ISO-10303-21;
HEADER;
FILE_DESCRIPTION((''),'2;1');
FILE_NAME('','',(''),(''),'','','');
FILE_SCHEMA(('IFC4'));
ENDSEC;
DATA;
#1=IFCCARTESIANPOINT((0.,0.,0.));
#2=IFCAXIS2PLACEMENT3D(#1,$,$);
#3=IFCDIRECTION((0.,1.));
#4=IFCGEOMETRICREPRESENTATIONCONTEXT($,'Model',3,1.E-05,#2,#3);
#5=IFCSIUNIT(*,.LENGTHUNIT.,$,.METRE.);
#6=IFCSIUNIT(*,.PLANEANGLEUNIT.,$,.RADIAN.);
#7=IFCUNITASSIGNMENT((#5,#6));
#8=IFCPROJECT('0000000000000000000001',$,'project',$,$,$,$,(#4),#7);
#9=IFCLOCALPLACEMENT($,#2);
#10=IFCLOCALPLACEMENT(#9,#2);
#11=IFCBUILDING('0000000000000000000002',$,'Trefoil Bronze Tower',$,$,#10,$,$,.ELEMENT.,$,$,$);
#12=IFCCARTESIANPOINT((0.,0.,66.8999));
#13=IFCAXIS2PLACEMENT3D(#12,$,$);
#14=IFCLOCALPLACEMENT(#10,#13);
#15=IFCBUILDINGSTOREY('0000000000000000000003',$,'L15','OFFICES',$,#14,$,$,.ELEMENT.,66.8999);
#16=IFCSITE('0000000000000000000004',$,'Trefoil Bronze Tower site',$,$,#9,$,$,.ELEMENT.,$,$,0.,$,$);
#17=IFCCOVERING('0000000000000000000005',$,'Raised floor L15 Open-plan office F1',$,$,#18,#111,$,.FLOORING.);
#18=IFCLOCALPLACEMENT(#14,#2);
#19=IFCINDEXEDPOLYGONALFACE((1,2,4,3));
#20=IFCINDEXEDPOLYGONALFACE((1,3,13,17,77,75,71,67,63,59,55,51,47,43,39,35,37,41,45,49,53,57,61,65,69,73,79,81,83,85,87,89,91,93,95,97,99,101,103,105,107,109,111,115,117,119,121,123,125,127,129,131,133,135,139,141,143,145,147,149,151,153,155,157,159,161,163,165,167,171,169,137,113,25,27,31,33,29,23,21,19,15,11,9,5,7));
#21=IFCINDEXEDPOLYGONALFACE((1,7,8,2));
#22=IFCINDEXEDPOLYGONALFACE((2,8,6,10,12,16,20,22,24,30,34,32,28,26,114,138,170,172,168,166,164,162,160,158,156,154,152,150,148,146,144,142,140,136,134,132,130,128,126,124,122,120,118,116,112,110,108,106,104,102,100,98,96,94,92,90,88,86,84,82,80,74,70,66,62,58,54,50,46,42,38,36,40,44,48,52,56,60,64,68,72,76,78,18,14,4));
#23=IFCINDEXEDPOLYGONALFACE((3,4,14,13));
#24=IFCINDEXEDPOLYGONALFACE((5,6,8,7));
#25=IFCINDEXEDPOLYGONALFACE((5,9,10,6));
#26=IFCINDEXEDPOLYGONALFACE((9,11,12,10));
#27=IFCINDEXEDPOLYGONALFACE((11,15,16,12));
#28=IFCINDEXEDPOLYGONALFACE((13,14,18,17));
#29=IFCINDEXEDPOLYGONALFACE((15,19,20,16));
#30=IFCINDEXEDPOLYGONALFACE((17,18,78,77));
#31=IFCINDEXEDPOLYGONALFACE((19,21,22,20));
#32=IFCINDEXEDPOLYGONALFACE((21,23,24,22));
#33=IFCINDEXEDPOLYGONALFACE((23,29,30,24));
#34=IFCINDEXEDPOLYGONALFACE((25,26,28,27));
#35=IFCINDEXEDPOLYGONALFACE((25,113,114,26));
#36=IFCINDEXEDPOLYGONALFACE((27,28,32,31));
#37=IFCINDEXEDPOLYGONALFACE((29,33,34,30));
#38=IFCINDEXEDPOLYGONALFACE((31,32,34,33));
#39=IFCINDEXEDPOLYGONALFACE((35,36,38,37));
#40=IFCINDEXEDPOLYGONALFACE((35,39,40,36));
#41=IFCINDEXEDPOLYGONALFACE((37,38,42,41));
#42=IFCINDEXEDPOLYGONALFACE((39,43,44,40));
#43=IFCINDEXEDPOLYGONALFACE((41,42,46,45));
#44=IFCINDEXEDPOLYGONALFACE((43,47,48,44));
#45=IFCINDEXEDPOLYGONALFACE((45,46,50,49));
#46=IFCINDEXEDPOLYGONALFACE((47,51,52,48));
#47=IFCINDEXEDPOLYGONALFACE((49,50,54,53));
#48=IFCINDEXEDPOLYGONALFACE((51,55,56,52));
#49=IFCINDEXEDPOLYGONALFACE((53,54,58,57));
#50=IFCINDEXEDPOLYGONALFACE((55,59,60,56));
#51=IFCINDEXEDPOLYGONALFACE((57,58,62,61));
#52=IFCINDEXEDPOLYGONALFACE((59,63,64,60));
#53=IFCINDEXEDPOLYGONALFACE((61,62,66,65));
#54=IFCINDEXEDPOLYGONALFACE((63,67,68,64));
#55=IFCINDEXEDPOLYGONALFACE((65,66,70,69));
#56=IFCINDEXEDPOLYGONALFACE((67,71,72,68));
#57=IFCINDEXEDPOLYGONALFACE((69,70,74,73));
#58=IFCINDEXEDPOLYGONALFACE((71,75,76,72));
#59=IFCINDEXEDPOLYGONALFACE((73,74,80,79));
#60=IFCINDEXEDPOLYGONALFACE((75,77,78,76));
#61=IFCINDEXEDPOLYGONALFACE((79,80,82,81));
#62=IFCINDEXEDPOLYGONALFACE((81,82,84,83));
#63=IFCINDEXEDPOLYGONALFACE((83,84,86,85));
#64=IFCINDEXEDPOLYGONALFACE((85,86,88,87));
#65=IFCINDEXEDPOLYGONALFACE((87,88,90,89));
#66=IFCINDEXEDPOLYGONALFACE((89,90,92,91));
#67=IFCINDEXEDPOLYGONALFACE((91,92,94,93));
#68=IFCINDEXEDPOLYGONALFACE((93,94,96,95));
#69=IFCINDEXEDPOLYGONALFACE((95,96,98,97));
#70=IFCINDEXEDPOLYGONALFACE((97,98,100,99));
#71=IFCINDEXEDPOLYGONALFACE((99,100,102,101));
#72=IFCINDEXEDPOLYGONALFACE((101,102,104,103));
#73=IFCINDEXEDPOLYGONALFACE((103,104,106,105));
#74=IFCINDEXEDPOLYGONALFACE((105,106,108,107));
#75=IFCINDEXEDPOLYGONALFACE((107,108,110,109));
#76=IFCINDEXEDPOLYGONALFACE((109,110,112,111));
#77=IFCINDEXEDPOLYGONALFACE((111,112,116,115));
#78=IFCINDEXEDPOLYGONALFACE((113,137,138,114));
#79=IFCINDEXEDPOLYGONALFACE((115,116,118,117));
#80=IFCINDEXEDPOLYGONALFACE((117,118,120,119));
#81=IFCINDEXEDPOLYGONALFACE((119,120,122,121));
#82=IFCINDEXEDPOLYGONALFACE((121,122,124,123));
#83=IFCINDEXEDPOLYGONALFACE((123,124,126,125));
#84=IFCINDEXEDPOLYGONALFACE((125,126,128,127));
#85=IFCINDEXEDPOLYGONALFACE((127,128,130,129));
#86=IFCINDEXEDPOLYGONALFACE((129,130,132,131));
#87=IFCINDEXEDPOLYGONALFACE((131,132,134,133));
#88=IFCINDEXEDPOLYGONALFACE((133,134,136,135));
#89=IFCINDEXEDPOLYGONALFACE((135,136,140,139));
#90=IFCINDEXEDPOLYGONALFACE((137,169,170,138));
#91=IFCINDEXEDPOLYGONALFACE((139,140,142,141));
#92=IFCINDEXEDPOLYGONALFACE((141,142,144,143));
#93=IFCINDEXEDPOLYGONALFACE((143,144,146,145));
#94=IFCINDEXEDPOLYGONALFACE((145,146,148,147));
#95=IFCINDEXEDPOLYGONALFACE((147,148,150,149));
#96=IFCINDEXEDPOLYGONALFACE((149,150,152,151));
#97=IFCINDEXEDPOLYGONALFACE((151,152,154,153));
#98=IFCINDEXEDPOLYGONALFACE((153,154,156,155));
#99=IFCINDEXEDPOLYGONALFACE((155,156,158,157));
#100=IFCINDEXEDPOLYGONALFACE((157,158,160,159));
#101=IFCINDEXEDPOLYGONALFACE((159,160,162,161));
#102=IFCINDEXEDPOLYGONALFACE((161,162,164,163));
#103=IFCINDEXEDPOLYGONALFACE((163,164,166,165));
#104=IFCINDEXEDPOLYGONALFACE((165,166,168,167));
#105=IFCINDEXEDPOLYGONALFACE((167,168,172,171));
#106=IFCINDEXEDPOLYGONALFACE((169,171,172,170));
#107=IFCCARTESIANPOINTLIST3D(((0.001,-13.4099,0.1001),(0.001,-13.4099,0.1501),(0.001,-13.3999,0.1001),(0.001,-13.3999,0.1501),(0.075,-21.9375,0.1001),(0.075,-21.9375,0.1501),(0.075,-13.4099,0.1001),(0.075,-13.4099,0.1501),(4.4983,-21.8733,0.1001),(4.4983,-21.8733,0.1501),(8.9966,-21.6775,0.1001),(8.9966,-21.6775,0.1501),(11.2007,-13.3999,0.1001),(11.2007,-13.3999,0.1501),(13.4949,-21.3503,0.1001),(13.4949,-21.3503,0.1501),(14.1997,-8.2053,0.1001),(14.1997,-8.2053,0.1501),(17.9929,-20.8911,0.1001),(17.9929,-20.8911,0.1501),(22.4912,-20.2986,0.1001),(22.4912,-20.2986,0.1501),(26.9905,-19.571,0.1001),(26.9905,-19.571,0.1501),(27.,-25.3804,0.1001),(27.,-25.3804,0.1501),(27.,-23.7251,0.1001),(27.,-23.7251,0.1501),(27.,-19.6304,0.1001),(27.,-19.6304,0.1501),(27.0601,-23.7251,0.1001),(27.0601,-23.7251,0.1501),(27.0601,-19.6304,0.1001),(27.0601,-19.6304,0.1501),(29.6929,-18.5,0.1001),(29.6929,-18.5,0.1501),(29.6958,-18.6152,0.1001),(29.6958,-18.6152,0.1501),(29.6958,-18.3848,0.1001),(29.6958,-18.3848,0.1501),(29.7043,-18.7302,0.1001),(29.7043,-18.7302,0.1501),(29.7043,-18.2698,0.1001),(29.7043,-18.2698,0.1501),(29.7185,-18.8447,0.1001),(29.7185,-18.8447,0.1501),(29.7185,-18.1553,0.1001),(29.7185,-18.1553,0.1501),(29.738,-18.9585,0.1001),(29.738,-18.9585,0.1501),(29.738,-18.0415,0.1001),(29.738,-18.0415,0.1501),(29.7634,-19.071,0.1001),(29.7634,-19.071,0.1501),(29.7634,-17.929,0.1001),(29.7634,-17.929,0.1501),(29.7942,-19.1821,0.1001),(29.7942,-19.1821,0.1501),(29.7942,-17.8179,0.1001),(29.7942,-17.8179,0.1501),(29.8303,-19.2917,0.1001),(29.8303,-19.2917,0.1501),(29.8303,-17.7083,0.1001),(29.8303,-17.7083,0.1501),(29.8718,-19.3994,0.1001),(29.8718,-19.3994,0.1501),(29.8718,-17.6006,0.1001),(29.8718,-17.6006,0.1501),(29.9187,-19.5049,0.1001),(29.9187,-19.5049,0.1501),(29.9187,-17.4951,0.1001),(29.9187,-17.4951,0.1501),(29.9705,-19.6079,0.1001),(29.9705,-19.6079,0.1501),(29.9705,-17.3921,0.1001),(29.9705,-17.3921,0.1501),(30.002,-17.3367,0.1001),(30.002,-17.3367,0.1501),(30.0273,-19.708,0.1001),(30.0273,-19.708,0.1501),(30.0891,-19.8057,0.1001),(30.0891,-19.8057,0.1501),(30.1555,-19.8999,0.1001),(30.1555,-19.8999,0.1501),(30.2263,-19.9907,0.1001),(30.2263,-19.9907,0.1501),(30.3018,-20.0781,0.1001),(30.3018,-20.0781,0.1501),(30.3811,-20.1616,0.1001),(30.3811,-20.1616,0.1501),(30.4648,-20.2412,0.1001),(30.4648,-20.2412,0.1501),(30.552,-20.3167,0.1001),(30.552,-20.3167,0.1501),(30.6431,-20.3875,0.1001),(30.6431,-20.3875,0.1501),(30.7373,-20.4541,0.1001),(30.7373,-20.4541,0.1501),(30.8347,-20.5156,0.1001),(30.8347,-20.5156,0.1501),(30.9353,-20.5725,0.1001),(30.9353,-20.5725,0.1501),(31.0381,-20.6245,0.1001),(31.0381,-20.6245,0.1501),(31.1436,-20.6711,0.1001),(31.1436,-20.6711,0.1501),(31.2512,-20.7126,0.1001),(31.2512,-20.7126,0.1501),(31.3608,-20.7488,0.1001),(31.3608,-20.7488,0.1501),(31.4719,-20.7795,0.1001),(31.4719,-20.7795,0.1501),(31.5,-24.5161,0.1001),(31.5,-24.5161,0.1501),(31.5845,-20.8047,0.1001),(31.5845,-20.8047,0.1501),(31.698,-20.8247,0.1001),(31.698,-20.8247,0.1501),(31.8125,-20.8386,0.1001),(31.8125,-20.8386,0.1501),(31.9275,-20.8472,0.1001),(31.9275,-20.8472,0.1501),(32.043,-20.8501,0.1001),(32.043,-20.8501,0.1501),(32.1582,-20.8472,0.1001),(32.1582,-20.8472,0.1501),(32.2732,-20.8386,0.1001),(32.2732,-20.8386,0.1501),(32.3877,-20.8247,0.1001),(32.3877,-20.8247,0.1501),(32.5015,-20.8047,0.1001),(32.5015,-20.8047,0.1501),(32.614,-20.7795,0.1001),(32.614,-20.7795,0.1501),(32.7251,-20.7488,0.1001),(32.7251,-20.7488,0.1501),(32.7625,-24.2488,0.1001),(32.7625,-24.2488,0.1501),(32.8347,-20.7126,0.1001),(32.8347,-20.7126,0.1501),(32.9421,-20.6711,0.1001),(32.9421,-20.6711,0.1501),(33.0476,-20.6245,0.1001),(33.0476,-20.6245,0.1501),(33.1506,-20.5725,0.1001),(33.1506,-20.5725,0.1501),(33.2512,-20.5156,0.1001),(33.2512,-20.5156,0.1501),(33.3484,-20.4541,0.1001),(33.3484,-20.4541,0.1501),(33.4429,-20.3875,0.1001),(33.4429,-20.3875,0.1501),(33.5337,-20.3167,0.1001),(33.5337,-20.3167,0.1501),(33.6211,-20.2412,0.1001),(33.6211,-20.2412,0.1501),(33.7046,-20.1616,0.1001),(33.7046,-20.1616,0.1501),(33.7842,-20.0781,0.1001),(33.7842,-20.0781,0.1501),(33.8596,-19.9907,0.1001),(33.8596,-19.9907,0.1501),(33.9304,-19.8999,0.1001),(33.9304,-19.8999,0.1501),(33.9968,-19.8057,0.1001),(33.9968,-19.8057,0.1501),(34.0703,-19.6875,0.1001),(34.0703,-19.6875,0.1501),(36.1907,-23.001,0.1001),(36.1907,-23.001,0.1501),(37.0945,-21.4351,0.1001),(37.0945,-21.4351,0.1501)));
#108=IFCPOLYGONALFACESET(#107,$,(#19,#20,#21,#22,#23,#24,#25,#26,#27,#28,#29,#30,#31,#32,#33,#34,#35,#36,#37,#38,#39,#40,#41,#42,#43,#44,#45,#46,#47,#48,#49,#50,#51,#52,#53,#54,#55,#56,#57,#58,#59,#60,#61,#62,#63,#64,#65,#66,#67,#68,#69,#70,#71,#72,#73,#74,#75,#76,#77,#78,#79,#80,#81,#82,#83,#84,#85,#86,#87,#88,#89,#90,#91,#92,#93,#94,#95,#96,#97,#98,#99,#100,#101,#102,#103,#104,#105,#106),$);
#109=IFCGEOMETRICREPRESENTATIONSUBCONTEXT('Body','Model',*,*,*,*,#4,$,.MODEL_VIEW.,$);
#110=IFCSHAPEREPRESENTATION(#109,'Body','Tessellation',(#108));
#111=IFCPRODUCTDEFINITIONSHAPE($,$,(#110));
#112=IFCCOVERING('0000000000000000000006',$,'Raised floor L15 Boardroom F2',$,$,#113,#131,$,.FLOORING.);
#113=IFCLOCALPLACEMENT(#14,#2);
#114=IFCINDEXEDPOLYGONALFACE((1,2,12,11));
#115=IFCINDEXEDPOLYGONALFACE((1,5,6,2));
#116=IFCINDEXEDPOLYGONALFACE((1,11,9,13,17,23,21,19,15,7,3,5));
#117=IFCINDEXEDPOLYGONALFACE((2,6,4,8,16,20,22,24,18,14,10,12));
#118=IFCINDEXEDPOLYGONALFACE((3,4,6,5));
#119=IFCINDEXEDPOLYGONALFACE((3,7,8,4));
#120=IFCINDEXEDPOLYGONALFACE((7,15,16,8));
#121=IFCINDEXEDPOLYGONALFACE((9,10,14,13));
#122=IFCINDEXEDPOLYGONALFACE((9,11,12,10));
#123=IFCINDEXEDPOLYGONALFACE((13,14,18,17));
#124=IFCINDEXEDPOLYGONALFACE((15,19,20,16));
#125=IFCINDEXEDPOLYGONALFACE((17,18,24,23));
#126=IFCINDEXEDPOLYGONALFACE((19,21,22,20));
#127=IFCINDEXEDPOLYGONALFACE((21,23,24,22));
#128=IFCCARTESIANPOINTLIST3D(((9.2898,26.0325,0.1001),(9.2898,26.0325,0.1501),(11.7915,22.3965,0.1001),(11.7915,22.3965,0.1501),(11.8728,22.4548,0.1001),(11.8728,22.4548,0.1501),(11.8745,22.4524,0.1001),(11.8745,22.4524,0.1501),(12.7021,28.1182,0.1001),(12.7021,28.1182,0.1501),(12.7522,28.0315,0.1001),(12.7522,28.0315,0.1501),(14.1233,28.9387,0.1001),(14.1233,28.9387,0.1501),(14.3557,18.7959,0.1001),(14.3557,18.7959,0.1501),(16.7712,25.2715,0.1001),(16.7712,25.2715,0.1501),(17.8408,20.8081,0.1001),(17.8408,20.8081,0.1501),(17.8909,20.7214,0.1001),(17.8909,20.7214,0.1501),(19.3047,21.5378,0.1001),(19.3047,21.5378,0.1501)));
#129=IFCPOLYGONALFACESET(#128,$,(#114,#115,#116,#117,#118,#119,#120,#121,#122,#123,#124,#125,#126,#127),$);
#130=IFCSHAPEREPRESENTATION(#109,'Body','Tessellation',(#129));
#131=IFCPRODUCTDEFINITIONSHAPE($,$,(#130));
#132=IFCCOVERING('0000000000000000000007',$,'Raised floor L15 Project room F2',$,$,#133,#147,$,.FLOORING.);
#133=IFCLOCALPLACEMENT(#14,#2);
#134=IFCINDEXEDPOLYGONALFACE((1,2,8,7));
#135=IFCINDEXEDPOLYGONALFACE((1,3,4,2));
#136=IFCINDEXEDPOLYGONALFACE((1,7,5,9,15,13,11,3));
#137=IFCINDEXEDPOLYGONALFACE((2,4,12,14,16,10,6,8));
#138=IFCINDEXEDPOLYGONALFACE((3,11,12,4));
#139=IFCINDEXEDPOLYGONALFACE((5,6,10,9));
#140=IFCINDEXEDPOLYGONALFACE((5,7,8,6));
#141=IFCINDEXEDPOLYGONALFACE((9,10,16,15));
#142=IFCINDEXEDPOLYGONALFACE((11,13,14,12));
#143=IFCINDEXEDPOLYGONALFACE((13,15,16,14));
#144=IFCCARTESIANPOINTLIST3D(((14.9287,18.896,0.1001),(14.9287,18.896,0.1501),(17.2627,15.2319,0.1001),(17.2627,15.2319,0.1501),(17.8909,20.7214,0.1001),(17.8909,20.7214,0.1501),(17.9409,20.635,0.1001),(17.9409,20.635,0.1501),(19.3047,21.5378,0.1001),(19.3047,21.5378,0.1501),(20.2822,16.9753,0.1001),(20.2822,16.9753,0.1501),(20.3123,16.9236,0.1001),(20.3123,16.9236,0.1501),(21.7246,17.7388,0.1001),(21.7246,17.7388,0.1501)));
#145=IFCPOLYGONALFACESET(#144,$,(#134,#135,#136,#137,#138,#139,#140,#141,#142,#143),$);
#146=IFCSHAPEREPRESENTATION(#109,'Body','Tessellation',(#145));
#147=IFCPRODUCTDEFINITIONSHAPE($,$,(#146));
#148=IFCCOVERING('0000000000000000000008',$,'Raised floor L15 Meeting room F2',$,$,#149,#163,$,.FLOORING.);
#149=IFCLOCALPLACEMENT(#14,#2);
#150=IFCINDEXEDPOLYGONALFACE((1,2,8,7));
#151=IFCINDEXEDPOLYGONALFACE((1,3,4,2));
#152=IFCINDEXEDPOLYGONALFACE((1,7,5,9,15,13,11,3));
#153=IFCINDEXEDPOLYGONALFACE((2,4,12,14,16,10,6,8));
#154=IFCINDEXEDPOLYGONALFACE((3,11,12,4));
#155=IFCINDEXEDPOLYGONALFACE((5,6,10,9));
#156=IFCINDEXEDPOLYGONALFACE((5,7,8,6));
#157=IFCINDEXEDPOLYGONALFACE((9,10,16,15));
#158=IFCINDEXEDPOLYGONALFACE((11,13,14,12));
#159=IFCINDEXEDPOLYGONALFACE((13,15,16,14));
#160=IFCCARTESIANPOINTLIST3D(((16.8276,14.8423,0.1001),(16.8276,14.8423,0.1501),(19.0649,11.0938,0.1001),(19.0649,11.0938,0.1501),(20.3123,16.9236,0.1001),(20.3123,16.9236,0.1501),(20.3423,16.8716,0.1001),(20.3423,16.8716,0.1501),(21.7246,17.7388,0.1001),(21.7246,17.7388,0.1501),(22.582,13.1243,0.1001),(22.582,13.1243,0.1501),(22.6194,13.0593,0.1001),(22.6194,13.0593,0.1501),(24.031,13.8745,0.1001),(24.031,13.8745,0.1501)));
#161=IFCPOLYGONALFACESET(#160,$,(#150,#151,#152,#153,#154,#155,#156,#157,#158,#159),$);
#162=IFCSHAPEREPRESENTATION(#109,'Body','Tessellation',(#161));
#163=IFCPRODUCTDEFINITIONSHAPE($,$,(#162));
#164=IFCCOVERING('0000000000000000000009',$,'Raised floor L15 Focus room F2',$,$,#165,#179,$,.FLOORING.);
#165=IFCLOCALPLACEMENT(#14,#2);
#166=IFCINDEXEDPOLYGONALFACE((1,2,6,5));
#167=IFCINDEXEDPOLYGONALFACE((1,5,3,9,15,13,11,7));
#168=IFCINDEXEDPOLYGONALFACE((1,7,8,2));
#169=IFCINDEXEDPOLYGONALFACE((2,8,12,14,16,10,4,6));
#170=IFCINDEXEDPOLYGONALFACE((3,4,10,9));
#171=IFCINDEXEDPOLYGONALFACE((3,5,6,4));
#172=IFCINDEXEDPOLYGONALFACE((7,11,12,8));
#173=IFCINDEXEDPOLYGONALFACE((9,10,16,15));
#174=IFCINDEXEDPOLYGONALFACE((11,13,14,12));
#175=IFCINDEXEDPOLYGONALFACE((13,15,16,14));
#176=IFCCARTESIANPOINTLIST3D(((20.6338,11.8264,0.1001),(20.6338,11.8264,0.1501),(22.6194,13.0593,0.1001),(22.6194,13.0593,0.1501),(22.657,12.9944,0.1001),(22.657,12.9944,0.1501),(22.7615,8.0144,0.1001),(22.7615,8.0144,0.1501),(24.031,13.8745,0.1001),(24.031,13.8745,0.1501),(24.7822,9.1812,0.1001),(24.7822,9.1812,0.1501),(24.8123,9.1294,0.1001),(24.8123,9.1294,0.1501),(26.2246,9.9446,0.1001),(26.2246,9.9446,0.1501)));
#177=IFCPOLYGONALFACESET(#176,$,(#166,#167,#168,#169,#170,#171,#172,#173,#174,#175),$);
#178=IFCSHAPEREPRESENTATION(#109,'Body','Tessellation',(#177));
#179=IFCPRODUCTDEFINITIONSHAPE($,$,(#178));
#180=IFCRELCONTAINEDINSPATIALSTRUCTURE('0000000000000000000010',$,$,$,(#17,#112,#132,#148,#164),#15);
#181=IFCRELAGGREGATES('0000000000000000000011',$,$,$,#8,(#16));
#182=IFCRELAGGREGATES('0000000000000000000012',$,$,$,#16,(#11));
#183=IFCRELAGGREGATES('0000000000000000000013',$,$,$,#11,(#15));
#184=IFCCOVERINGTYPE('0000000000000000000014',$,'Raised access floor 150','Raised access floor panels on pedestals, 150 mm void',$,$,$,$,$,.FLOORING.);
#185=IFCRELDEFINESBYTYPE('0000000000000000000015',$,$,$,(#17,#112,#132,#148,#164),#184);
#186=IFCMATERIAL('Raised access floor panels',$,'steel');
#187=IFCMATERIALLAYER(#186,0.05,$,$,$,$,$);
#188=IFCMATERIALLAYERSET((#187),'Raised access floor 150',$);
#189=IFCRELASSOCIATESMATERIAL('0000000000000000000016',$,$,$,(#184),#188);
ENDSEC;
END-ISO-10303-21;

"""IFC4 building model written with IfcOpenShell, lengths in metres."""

from ifc_helpers import new_model, si_unit, direction, frame, origin, place, context, subcontext, project, spatial, polyline, outline, extrude, material, layer, layer_set, type_object, element, save


model = new_model("IFC4")

# Units and contexts
model_context = context("Model", 3, precision=1e-05, world=origin(), true_north=direction((0.0, 1.0)))
body_context = subcontext(model_context, "Body", "Model", "MODEL_VIEW")
ifc_project = project(units=[si_unit("LENGTHUNIT", "METRE"), si_unit("PLANEANGLEUNIT", "RADIAN")], contexts=[model_context])

# Site, building, storey
site_placement = place(None, origin())
site = spatial("IfcSite", under=ifc_project, at=site_placement, Name="Trefoil Bronze Tower site", CompositionType="ELEMENT", RefElevation=0.0)
building_placement = place(site_placement, origin())
building = spatial("IfcBuilding", under=site, at=building_placement, Name="Trefoil Bronze Tower", CompositionType="ELEMENT")
storey_placement = place(building_placement, frame((0.0, 0.0, 66.8999)))
storey = spatial("IfcBuildingStorey", under=building, at=storey_placement, Name="L15", Description="OFFICES", CompositionType="ELEMENT", Elevation=66.8999)

# Coverings
ifc_material_1 = material(Name="Raised access floor panels", Category="steel")
ifc_layer_1 = layer(ifc_material_1, 0.05)
ifc_layer_set_1 = layer_set([ifc_layer_1], Name="Raised access floor 150")
covering_type_1 = type_object("IfcCoveringType", Name="Raised access floor 150", Description="Raised access floor panels on pedestals, 150 mm void", PredefinedType="FLOORING", material=ifc_layer_set_1)
covering_1_placement = place(storey_placement, frame((0.0, 0.0, 0.1001)))
element("IfcCovering", 1, at=covering_1_placement, inside=storey, type_object=covering_type_1, Name="Raised floor L15 Open-plan office F1", PredefinedType="FLOORING", context=body_context, shape_type="SweptSolid", body=[
    extrude(outline(polyline([(27.0, -23.7251), (27.0601, -23.7251), (27.0601, -19.6304), (27.0, -19.6304), (26.9905, -19.571), (22.4912, -20.2986), (17.9929, -20.8911), (13.4949, -21.3503), (8.9966, -21.6775), (4.4983, -21.8733), (0.075, -21.9375), (0.075, -13.4099), (0.001, -13.4099), (0.001, -13.3999), (11.2007, -13.3999), (14.1997, -8.2053), (30.002, -17.3367), (29.9705, -17.3921), (29.9187, -17.4951), (29.8718, -17.6006), (29.8303, -17.7083), (29.7942, -17.8179), (29.7634, -17.929), (29.738, -18.0415), (29.7185, -18.1553), (29.7043, -18.2698), (29.6958, -18.3848), (29.6929, -18.5), (29.6958, -18.6152), (29.7043, -18.7302), (29.7185, -18.8447), (29.738, -18.9585), (29.7634, -19.071), (29.7942, -19.1821), (29.8303, -19.2917), (29.8718, -19.3994), (29.9187, -19.5049), (29.9705, -19.6079), (30.0273, -19.708), (30.0891, -19.8057), (30.1555, -19.8999), (30.2263, -19.9907), (30.3018, -20.0781), (30.3811, -20.1616), (30.4648, -20.2412), (30.552, -20.3167), (30.6431, -20.3875), (30.7373, -20.4541), (30.8347, -20.5156), (30.9353, -20.5725), (31.0381, -20.6245), (31.1436, -20.6711), (31.2512, -20.7126), (31.3608, -20.7488), (31.4719, -20.7795), (31.5845, -20.8047), (31.698, -20.8247), (31.8125, -20.8386), (31.9275, -20.8472), (32.043, -20.8501), (32.1582, -20.8472), (32.2732, -20.8386), (32.3877, -20.8247), (32.5015, -20.8047), (32.614, -20.7795), (32.7251, -20.7488), (32.8347, -20.7126), (32.9421, -20.6711), (33.0476, -20.6245), (33.1506, -20.5725), (33.2512, -20.5156), (33.3484, -20.4541), (33.4429, -20.3875), (33.5337, -20.3167), (33.6211, -20.2412), (33.7046, -20.1616), (33.7842, -20.0781), (33.8596, -19.9907), (33.9304, -19.8999), (33.9968, -19.8057), (34.0703, -19.6875), (37.0945, -21.4351), (36.1907, -23.001), (32.7625, -24.2488), (31.5, -24.5161), (27.0, -25.3804), (27.0, -23.7251)])), origin(), (0.0, 0.0, 1.0), 0.05),
])
covering_2_placement = place(storey_placement, frame((0.0, 0.0, 0.1001)))
element("IfcCovering", 2, at=covering_2_placement, inside=storey, type_object=covering_type_1, Name="Raised floor L15 Boardroom F2", PredefinedType="FLOORING", context=body_context, shape_type="SweptSolid", body=[
    extrude(outline(polyline([(16.7712, 25.2715), (19.3047, 21.5378), (17.8909, 20.7214), (17.8408, 20.8081), (14.3557, 18.7959), (11.8745, 22.4524), (11.7915, 22.3965), (11.8728, 22.4548), (9.2898, 26.0325), (12.7522, 28.0315), (12.7021, 28.1182), (14.1233, 28.9387), (16.7712, 25.2715)])), origin(), (0.0, 0.0, 1.0), 0.05),
])
covering_3_placement = place(storey_placement, frame((0.0, 0.0, 0.1001)))
element("IfcCovering", 3, at=covering_3_placement, inside=storey, type_object=covering_type_1, Name="Raised floor L15 Project room F2", PredefinedType="FLOORING", context=body_context, shape_type="SweptSolid", body=[
    extrude(outline(polyline([(21.7246, 17.7388), (20.3123, 16.9236), (20.2822, 16.9753), (17.2627, 15.2319), (14.9287, 18.896), (17.9409, 20.635), (17.8909, 20.7214), (19.3047, 21.5378), (21.7246, 17.7388)])), origin(), (0.0, 0.0, 1.0), 0.05),
])
covering_4_placement = place(storey_placement, frame((0.0, 0.0, 0.1001)))
element("IfcCovering", 4, at=covering_4_placement, inside=storey, type_object=covering_type_1, Name="Raised floor L15 Meeting room F2", PredefinedType="FLOORING", context=body_context, shape_type="SweptSolid", body=[
    extrude(outline(polyline([(21.7246, 17.7388), (24.031, 13.8745), (22.6194, 13.0593), (22.582, 13.1243), (19.0649, 11.0938), (16.8276, 14.8423), (20.3423, 16.8716), (20.3123, 16.9236), (21.7246, 17.7388)])), origin(), (0.0, 0.0, 1.0), 0.05),
])
covering_5_placement = place(storey_placement, frame((0.0, 0.0, 0.1001)))
element("IfcCovering", 5, at=covering_5_placement, inside=storey, type_object=covering_type_1, Name="Raised floor L15 Focus room F2", PredefinedType="FLOORING", context=body_context, shape_type="SweptSolid", body=[
    extrude(outline(polyline([(24.031, 13.8745), (26.2246, 9.9446), (24.8123, 9.1294), (24.7822, 9.1812), (22.7615, 8.0144), (20.6338, 11.8264), (22.657, 12.9944), (22.6194, 13.0593), (24.031, 13.8745)])), origin(), (0.0, 0.0, 1.0), 0.05),
])

save(model, "model.ifc")
